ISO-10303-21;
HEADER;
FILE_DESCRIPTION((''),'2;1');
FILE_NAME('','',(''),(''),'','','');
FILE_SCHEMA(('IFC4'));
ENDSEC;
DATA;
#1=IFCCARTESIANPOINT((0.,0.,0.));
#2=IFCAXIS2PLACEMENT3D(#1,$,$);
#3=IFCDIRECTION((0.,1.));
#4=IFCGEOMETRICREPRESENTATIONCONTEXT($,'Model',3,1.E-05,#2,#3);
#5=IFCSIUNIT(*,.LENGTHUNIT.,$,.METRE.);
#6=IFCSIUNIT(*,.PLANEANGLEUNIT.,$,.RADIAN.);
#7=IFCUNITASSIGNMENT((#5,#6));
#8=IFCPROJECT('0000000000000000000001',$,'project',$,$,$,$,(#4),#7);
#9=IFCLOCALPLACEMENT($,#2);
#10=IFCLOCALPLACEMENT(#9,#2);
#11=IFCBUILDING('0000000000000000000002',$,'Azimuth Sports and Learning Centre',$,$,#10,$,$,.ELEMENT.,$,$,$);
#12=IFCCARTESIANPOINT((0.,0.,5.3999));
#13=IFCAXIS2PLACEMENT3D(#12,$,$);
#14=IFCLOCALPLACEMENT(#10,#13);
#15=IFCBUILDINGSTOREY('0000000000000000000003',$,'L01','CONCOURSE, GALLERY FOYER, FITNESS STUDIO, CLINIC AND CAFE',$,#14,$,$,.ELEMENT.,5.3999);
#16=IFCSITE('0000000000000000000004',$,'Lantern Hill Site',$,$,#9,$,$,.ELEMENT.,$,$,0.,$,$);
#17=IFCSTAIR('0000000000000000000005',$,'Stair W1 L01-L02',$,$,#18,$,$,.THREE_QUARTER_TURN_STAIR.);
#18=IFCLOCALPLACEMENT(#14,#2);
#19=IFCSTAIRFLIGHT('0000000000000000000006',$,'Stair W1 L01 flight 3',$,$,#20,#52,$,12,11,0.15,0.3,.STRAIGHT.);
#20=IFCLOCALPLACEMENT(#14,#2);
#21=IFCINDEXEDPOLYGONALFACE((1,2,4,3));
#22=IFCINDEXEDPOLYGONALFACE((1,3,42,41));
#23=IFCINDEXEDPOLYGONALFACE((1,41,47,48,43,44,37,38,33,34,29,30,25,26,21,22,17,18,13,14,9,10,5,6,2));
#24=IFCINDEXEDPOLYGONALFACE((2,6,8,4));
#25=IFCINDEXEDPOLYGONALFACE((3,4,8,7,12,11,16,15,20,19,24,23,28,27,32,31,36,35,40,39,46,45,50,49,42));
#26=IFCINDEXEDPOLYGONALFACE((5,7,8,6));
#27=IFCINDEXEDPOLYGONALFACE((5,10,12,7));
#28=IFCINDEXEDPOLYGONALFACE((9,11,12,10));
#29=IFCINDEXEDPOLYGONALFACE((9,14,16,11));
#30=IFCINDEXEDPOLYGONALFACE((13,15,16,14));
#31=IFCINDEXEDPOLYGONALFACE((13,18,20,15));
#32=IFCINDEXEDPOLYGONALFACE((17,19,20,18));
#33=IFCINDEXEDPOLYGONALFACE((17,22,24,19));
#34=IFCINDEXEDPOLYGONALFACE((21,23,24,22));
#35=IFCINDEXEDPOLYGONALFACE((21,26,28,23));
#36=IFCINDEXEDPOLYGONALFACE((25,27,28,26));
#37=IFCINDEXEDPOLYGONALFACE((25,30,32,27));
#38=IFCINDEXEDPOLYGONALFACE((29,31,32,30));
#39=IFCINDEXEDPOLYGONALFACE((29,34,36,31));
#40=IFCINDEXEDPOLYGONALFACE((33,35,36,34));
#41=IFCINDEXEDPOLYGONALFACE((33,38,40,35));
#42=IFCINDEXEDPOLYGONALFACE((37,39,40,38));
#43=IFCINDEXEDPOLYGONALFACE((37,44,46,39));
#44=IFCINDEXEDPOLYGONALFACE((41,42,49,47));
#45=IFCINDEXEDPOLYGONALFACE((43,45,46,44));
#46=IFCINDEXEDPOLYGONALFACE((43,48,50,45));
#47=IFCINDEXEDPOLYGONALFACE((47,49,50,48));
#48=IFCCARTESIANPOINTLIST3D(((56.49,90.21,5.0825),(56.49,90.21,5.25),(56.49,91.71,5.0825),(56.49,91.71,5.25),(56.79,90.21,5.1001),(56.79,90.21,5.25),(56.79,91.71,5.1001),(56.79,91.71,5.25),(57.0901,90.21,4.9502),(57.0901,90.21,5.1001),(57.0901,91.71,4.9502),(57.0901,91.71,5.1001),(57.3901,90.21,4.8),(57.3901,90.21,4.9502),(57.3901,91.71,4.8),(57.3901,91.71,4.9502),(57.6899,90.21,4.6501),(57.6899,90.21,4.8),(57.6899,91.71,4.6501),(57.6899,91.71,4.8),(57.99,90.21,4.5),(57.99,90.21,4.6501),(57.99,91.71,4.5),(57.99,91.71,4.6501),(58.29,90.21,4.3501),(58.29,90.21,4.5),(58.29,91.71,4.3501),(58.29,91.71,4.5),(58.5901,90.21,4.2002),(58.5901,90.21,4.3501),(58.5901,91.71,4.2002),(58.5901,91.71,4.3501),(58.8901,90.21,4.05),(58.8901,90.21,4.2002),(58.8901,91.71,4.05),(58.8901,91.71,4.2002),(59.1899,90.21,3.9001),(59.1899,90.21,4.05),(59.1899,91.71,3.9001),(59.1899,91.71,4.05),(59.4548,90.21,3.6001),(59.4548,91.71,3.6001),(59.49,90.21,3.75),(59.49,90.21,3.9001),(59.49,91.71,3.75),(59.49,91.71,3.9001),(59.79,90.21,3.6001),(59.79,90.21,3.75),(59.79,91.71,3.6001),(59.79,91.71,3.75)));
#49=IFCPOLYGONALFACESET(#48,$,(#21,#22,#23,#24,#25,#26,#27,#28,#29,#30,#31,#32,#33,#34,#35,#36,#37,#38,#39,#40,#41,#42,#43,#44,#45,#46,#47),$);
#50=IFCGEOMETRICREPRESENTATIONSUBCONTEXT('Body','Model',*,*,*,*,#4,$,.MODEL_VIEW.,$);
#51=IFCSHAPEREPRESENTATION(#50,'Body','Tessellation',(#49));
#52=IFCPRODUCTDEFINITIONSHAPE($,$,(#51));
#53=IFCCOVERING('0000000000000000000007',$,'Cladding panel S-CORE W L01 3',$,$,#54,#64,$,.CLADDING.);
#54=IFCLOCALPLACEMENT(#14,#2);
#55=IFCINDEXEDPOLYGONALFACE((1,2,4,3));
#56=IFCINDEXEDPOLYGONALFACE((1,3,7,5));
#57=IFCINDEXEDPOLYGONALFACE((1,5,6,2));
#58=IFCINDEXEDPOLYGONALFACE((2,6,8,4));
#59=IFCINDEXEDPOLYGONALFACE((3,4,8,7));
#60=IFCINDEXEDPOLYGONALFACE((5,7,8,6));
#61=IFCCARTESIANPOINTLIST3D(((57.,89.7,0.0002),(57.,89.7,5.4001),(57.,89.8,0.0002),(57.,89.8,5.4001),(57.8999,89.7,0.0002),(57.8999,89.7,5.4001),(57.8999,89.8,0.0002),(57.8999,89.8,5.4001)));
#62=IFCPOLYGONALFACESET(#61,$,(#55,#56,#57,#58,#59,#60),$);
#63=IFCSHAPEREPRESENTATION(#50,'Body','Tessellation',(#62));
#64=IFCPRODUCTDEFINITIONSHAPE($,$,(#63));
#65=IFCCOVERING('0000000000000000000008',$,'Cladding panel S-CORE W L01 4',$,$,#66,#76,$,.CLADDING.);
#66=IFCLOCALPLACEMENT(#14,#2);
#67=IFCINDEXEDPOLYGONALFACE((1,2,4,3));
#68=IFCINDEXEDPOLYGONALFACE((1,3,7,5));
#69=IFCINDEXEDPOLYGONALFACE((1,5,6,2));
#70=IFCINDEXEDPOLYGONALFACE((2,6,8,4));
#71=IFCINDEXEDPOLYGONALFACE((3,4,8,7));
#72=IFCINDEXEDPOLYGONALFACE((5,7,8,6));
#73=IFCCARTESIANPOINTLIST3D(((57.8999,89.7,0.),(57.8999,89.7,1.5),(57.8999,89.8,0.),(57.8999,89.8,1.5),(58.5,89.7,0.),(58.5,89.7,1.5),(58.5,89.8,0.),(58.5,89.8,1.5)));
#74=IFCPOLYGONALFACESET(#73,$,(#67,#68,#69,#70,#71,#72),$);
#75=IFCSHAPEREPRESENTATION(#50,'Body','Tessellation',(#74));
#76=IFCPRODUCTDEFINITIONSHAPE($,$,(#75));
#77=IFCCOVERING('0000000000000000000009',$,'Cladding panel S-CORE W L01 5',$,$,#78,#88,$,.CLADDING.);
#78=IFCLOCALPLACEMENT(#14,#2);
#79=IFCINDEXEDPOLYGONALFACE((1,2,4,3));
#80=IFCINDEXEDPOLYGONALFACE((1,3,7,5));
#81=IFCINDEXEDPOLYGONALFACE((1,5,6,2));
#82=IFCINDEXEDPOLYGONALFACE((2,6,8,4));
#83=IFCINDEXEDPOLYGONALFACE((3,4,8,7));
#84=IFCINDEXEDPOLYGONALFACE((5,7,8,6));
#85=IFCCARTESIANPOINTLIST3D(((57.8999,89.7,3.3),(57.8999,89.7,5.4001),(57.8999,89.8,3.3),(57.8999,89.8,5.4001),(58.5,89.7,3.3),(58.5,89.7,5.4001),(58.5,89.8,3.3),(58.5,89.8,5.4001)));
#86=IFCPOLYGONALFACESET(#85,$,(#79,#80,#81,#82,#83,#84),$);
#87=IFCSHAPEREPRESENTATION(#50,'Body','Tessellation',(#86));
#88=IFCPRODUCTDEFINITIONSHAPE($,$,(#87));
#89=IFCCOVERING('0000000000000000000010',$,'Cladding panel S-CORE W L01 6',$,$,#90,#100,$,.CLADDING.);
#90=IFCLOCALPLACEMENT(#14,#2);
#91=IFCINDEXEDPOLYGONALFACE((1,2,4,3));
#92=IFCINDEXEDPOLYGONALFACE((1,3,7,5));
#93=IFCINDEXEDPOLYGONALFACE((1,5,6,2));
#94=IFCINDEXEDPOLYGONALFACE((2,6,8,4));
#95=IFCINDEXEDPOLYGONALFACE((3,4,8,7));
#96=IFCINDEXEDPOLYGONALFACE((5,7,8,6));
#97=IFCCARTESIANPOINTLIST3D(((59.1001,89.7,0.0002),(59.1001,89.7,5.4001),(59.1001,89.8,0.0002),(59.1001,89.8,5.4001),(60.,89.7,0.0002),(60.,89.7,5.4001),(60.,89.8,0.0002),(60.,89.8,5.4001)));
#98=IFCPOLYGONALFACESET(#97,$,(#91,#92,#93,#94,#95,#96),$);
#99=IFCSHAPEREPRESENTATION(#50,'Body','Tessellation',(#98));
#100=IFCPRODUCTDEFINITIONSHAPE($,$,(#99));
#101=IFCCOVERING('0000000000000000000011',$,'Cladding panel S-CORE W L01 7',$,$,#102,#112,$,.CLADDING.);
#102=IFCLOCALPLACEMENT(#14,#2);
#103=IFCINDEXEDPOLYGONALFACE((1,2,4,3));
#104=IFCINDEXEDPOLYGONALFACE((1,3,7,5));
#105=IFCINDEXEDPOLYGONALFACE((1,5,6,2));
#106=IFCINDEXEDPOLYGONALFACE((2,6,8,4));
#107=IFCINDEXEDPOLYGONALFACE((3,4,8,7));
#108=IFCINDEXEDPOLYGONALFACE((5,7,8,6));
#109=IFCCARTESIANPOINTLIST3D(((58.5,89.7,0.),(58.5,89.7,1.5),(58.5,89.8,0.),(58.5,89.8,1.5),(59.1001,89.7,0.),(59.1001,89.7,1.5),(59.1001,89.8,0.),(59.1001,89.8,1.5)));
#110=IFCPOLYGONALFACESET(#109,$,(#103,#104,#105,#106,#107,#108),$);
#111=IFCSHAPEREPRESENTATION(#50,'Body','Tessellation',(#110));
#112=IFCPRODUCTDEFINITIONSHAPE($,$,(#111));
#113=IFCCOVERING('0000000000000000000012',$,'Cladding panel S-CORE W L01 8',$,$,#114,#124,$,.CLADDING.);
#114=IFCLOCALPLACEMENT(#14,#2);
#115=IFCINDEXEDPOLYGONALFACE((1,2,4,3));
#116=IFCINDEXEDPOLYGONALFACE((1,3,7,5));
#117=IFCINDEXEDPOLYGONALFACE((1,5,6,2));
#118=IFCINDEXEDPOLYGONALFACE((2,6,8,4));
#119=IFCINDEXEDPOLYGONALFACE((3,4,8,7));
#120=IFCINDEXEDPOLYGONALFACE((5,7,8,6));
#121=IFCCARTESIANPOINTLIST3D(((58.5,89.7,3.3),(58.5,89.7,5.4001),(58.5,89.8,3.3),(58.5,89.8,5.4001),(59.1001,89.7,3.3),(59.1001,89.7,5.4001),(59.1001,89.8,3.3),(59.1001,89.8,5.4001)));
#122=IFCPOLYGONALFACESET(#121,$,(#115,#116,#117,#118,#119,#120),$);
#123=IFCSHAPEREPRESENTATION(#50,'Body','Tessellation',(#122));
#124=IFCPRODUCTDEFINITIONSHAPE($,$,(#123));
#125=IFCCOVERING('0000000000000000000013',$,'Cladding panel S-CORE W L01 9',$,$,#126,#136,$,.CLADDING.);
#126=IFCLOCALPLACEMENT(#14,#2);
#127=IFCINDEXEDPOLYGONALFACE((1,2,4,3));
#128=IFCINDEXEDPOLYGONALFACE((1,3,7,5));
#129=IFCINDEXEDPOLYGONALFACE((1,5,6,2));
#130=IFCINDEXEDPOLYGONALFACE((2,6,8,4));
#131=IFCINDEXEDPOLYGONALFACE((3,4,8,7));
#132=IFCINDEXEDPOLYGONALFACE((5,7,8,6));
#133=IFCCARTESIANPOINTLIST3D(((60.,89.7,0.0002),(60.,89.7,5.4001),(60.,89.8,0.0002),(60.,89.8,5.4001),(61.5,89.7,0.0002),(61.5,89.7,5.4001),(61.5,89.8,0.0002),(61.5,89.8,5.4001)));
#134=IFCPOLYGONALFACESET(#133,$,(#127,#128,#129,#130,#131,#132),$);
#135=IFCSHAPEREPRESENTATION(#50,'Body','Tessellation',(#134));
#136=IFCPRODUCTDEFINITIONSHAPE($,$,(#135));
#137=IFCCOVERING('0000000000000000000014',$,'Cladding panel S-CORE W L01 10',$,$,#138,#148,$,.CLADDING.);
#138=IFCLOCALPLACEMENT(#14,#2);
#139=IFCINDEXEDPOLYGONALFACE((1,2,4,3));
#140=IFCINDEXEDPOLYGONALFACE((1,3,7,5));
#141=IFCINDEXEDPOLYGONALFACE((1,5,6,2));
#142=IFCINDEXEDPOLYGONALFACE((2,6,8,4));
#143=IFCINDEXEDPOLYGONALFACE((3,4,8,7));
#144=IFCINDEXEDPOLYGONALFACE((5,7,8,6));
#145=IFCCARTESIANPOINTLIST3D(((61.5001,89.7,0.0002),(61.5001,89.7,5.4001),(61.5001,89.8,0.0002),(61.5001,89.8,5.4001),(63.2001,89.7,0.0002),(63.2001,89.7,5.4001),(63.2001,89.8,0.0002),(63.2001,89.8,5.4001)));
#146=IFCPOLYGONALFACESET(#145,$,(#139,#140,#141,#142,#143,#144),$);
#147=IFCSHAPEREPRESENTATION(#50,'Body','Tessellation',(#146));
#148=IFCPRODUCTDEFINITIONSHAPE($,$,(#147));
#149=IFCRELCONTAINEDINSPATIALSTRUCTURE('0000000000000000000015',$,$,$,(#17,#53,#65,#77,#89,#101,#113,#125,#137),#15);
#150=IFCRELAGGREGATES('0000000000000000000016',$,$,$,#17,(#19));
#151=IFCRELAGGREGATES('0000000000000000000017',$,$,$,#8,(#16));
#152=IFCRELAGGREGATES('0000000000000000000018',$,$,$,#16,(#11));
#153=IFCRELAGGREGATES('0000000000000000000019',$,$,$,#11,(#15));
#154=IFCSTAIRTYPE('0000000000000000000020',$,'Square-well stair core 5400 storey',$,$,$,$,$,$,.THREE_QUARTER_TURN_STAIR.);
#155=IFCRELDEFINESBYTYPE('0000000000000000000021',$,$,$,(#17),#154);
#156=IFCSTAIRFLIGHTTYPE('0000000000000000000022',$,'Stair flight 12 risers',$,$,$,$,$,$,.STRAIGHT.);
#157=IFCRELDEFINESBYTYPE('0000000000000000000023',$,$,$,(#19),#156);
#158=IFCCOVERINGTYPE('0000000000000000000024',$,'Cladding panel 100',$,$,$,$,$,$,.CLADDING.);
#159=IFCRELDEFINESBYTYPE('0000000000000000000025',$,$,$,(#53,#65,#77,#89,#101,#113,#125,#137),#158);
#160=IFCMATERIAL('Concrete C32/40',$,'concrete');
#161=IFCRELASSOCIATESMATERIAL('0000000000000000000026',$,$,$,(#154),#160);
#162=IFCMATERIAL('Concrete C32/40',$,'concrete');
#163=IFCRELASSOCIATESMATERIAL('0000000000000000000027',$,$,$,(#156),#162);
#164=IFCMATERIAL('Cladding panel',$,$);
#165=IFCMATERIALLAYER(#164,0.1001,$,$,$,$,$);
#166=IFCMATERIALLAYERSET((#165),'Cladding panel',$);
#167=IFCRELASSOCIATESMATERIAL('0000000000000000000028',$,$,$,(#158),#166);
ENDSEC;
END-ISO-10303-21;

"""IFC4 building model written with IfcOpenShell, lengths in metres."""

from ifc_helpers import new_model, si_unit, direction, frame, origin, origin_2d, place, context, subcontext, project, spatial, polyline, rectangle, outline, extrude, material, layer, layer_set, type_object, element, aggregate, save


model = new_model("IFC4")

# Units and contexts
model_context = context("Model", 3, precision=1e-05, world=origin(), true_north=direction((0.0, 1.0)))
body_context = subcontext(model_context, "Body", "Model", "MODEL_VIEW")
ifc_project = project(units=[si_unit("LENGTHUNIT", "METRE"), si_unit("PLANEANGLEUNIT", "RADIAN")], contexts=[model_context])

# Site, building, storey
site_placement = place(None, origin())
site = spatial("IfcSite", under=ifc_project, at=site_placement, Name="Lantern Hill Site", CompositionType="ELEMENT", RefElevation=0.0)
building_placement = place(site_placement, origin())
building = spatial("IfcBuilding", under=site, at=building_placement, Name="Azimuth Sports and Learning Centre", CompositionType="ELEMENT")
storey_placement = place(building_placement, frame((0.0, 0.0, 5.3999)))
storey = spatial("IfcBuildingStorey", under=building, at=storey_placement, Name="L01", Description="CONCOURSE, GALLERY FOYER, FITNESS STUDIO, CLINIC AND CAFE", CompositionType="ELEMENT", Elevation=5.3999)

# Stair, stair flight
ifc_material_1 = material(Name="Concrete C32/40", Category="concrete")
stair_type = type_object("IfcStairType", Name="Square-well stair core 5400 storey", PredefinedType="THREE_QUARTER_TURN_STAIR", material=ifc_material_1)
stair_placement = place(storey_placement, origin())
stair = element("IfcStair", 1, at=stair_placement, inside=storey, type_object=stair_type, Name="Stair W1 L01-L02", PredefinedType="THREE_QUARTER_TURN_STAIR")
ifc_material_2 = material(Name="Concrete C32/40", Category="concrete")
stair_flight_type = type_object("IfcStairFlightType", Name="Stair flight 12 risers", PredefinedType="STRAIGHT", material=ifc_material_2)
stair_flight_placement = place(storey_placement, frame((59.79, 90.96, 3.6001), z_axis=(0.0, 0.0, 1.0), x_axis=(-1.0, 0.0, 0.0)))
stair_flight = element("IfcStairFlight", 2, at=stair_flight_placement, type_object=stair_flight_type, Name="Stair W1 L01 flight 3", NumberOfRisers=12, NumberOfTreads=11, PredefinedType="STRAIGHT", RiserHeight=0.15, TreadLength=0.3, context=body_context, shape_type="SweptSolid", body=[
    extrude(outline(polyline([(0.0, 0.0), (0.0, 0.1499), (0.3, 0.1499), (0.3, 0.3), (0.6001, 0.3), (0.6001, 0.45), (0.8999, 0.45), (0.8999, 0.6001), (1.2, 0.6001), (1.2, 0.75), (1.5, 0.75), (1.5, 0.8999), (1.8, 0.8999), (1.8, 1.05), (2.1001, 1.05), (2.1001, 1.2), (2.3999, 1.2), (2.3999, 1.3501), (2.7, 1.3501), (2.7, 1.5), (3.0, 1.5), (3.0, 1.6499), (3.3, 1.6499), (3.3, 1.8), (3.3, 1.4824), (0.3352, 0.0), (0.0, 0.0)])), frame((0.0, 0.75, 0.0), z_axis=(0.0, -1.0, 0.0), x_axis=(1.0, 0.0, 0.0)), (0.0, 0.0, 1.0), 1.5),
])
aggregate(stair, [stair_flight])

# Coverings
ifc_material_3 = material(Name="Cladding panel")
ifc_layer_1 = layer(ifc_material_3, 0.1001)
ifc_layer_set_1 = layer_set([ifc_layer_1], Name="Cladding panel")
covering_type = type_object("IfcCoveringType", Name="Cladding panel 100", PredefinedType="CLADDING", material=ifc_layer_set_1)
covering_1_placement = place(storey_placement, frame((57.45, 89.75, 0.0002), z_axis=(0.0, 0.0, 1.0), x_axis=(1.0, 0.0, 0.0)))
element("IfcCovering", 3, at=covering_1_placement, inside=storey, type_object=covering_type, Name="Cladding panel S-CORE W L01 3", PredefinedType="CLADDING", context=body_context, shape_type="SweptSolid", body=[
    extrude(rectangle(XDim=0.8999, YDim=0.1001, at=origin_2d()), origin(), (0.0, 0.0, 1.0), 5.3999),
])
covering_2_placement = place(storey_placement, frame((58.2, 89.75, 0.0), z_axis=(0.0, 0.0, 1.0), x_axis=(1.0, 0.0, 0.0)))
element("IfcCovering", 4, at=covering_2_placement, inside=storey, type_object=covering_type, Name="Cladding panel S-CORE W L01 4", PredefinedType="CLADDING", context=body_context, shape_type="SweptSolid", body=[
    extrude(rectangle(XDim=0.6001, YDim=0.1001, at=origin_2d()), origin(), (0.0, 0.0, 1.0), 1.5),
])
covering_3_placement = place(storey_placement, frame((58.2, 89.75, 3.3), z_axis=(0.0, 0.0, 1.0), x_axis=(1.0, 0.0, 0.0)))
element("IfcCovering", 5, at=covering_3_placement, inside=storey, type_object=covering_type, Name="Cladding panel S-CORE W L01 5", PredefinedType="CLADDING", context=body_context, shape_type="SweptSolid", body=[
    extrude(rectangle(XDim=0.6001, YDim=0.1001, at=origin_2d()), origin(), (0.0, 0.0, 1.0), 2.1001),
])
covering_4_placement = place(storey_placement, frame((59.55, 89.75, 0.0002), z_axis=(0.0, 0.0, 1.0), x_axis=(1.0, 0.0, 0.0)))
element("IfcCovering", 6, at=covering_4_placement, inside=storey, type_object=covering_type, Name="Cladding panel S-CORE W L01 6", PredefinedType="CLADDING", context=body_context, shape_type="SweptSolid", body=[
    extrude(rectangle(XDim=0.8999, YDim=0.1001, at=origin_2d()), origin(), (0.0, 0.0, 1.0), 5.3999),
])
covering_5_placement = place(storey_placement, frame((58.8, 89.75, 0.0), z_axis=(0.0, 0.0, 1.0), x_axis=(1.0, 0.0, 0.0)))
element("IfcCovering", 7, at=covering_5_placement, inside=storey, type_object=covering_type, Name="Cladding panel S-CORE W L01 7", PredefinedType="CLADDING", context=body_context, shape_type="SweptSolid", body=[
    extrude(rectangle(XDim=0.6001, YDim=0.1001, at=origin_2d()), origin(), (0.0, 0.0, 1.0), 1.5),
])
covering_6_placement = place(storey_placement, frame((58.8, 89.75, 3.3), z_axis=(0.0, 0.0, 1.0), x_axis=(1.0, 0.0, 0.0)))
element("IfcCovering", 8, at=covering_6_placement, inside=storey, type_object=covering_type, Name="Cladding panel S-CORE W L01 8", PredefinedType="CLADDING", context=body_context, shape_type="SweptSolid", body=[
    extrude(rectangle(XDim=0.6001, YDim=0.1001, at=origin_2d()), origin(), (0.0, 0.0, 1.0), 2.1001),
])
covering_7_placement = place(storey_placement, frame((60.75, 89.75, 0.0002), z_axis=(0.0, 0.0, 1.0), x_axis=(1.0, 0.0, 0.0)))
element("IfcCovering", 9, at=covering_7_placement, inside=storey, type_object=covering_type, Name="Cladding panel S-CORE W L01 9", PredefinedType="CLADDING", context=body_context, shape_type="SweptSolid", body=[
    extrude(rectangle(XDim=1.5, YDim=0.1001, at=origin_2d()), origin(), (0.0, 0.0, 1.0), 5.3999),
])
covering_8_placement = place(storey_placement, frame((62.3501, 89.75, 0.0002), z_axis=(0.0, 0.0, 1.0), x_axis=(1.0, 0.0, 0.0)))
element("IfcCovering", 10, at=covering_8_placement, inside=storey, type_object=covering_type, Name="Cladding panel S-CORE W L01 10", PredefinedType="CLADDING", context=body_context, shape_type="SweptSolid", body=[
    extrude(rectangle(XDim=1.7, YDim=0.1001, at=origin_2d()), origin(), (0.0, 0.0, 1.0), 5.3999),
])

save(model, "model.ifc")
